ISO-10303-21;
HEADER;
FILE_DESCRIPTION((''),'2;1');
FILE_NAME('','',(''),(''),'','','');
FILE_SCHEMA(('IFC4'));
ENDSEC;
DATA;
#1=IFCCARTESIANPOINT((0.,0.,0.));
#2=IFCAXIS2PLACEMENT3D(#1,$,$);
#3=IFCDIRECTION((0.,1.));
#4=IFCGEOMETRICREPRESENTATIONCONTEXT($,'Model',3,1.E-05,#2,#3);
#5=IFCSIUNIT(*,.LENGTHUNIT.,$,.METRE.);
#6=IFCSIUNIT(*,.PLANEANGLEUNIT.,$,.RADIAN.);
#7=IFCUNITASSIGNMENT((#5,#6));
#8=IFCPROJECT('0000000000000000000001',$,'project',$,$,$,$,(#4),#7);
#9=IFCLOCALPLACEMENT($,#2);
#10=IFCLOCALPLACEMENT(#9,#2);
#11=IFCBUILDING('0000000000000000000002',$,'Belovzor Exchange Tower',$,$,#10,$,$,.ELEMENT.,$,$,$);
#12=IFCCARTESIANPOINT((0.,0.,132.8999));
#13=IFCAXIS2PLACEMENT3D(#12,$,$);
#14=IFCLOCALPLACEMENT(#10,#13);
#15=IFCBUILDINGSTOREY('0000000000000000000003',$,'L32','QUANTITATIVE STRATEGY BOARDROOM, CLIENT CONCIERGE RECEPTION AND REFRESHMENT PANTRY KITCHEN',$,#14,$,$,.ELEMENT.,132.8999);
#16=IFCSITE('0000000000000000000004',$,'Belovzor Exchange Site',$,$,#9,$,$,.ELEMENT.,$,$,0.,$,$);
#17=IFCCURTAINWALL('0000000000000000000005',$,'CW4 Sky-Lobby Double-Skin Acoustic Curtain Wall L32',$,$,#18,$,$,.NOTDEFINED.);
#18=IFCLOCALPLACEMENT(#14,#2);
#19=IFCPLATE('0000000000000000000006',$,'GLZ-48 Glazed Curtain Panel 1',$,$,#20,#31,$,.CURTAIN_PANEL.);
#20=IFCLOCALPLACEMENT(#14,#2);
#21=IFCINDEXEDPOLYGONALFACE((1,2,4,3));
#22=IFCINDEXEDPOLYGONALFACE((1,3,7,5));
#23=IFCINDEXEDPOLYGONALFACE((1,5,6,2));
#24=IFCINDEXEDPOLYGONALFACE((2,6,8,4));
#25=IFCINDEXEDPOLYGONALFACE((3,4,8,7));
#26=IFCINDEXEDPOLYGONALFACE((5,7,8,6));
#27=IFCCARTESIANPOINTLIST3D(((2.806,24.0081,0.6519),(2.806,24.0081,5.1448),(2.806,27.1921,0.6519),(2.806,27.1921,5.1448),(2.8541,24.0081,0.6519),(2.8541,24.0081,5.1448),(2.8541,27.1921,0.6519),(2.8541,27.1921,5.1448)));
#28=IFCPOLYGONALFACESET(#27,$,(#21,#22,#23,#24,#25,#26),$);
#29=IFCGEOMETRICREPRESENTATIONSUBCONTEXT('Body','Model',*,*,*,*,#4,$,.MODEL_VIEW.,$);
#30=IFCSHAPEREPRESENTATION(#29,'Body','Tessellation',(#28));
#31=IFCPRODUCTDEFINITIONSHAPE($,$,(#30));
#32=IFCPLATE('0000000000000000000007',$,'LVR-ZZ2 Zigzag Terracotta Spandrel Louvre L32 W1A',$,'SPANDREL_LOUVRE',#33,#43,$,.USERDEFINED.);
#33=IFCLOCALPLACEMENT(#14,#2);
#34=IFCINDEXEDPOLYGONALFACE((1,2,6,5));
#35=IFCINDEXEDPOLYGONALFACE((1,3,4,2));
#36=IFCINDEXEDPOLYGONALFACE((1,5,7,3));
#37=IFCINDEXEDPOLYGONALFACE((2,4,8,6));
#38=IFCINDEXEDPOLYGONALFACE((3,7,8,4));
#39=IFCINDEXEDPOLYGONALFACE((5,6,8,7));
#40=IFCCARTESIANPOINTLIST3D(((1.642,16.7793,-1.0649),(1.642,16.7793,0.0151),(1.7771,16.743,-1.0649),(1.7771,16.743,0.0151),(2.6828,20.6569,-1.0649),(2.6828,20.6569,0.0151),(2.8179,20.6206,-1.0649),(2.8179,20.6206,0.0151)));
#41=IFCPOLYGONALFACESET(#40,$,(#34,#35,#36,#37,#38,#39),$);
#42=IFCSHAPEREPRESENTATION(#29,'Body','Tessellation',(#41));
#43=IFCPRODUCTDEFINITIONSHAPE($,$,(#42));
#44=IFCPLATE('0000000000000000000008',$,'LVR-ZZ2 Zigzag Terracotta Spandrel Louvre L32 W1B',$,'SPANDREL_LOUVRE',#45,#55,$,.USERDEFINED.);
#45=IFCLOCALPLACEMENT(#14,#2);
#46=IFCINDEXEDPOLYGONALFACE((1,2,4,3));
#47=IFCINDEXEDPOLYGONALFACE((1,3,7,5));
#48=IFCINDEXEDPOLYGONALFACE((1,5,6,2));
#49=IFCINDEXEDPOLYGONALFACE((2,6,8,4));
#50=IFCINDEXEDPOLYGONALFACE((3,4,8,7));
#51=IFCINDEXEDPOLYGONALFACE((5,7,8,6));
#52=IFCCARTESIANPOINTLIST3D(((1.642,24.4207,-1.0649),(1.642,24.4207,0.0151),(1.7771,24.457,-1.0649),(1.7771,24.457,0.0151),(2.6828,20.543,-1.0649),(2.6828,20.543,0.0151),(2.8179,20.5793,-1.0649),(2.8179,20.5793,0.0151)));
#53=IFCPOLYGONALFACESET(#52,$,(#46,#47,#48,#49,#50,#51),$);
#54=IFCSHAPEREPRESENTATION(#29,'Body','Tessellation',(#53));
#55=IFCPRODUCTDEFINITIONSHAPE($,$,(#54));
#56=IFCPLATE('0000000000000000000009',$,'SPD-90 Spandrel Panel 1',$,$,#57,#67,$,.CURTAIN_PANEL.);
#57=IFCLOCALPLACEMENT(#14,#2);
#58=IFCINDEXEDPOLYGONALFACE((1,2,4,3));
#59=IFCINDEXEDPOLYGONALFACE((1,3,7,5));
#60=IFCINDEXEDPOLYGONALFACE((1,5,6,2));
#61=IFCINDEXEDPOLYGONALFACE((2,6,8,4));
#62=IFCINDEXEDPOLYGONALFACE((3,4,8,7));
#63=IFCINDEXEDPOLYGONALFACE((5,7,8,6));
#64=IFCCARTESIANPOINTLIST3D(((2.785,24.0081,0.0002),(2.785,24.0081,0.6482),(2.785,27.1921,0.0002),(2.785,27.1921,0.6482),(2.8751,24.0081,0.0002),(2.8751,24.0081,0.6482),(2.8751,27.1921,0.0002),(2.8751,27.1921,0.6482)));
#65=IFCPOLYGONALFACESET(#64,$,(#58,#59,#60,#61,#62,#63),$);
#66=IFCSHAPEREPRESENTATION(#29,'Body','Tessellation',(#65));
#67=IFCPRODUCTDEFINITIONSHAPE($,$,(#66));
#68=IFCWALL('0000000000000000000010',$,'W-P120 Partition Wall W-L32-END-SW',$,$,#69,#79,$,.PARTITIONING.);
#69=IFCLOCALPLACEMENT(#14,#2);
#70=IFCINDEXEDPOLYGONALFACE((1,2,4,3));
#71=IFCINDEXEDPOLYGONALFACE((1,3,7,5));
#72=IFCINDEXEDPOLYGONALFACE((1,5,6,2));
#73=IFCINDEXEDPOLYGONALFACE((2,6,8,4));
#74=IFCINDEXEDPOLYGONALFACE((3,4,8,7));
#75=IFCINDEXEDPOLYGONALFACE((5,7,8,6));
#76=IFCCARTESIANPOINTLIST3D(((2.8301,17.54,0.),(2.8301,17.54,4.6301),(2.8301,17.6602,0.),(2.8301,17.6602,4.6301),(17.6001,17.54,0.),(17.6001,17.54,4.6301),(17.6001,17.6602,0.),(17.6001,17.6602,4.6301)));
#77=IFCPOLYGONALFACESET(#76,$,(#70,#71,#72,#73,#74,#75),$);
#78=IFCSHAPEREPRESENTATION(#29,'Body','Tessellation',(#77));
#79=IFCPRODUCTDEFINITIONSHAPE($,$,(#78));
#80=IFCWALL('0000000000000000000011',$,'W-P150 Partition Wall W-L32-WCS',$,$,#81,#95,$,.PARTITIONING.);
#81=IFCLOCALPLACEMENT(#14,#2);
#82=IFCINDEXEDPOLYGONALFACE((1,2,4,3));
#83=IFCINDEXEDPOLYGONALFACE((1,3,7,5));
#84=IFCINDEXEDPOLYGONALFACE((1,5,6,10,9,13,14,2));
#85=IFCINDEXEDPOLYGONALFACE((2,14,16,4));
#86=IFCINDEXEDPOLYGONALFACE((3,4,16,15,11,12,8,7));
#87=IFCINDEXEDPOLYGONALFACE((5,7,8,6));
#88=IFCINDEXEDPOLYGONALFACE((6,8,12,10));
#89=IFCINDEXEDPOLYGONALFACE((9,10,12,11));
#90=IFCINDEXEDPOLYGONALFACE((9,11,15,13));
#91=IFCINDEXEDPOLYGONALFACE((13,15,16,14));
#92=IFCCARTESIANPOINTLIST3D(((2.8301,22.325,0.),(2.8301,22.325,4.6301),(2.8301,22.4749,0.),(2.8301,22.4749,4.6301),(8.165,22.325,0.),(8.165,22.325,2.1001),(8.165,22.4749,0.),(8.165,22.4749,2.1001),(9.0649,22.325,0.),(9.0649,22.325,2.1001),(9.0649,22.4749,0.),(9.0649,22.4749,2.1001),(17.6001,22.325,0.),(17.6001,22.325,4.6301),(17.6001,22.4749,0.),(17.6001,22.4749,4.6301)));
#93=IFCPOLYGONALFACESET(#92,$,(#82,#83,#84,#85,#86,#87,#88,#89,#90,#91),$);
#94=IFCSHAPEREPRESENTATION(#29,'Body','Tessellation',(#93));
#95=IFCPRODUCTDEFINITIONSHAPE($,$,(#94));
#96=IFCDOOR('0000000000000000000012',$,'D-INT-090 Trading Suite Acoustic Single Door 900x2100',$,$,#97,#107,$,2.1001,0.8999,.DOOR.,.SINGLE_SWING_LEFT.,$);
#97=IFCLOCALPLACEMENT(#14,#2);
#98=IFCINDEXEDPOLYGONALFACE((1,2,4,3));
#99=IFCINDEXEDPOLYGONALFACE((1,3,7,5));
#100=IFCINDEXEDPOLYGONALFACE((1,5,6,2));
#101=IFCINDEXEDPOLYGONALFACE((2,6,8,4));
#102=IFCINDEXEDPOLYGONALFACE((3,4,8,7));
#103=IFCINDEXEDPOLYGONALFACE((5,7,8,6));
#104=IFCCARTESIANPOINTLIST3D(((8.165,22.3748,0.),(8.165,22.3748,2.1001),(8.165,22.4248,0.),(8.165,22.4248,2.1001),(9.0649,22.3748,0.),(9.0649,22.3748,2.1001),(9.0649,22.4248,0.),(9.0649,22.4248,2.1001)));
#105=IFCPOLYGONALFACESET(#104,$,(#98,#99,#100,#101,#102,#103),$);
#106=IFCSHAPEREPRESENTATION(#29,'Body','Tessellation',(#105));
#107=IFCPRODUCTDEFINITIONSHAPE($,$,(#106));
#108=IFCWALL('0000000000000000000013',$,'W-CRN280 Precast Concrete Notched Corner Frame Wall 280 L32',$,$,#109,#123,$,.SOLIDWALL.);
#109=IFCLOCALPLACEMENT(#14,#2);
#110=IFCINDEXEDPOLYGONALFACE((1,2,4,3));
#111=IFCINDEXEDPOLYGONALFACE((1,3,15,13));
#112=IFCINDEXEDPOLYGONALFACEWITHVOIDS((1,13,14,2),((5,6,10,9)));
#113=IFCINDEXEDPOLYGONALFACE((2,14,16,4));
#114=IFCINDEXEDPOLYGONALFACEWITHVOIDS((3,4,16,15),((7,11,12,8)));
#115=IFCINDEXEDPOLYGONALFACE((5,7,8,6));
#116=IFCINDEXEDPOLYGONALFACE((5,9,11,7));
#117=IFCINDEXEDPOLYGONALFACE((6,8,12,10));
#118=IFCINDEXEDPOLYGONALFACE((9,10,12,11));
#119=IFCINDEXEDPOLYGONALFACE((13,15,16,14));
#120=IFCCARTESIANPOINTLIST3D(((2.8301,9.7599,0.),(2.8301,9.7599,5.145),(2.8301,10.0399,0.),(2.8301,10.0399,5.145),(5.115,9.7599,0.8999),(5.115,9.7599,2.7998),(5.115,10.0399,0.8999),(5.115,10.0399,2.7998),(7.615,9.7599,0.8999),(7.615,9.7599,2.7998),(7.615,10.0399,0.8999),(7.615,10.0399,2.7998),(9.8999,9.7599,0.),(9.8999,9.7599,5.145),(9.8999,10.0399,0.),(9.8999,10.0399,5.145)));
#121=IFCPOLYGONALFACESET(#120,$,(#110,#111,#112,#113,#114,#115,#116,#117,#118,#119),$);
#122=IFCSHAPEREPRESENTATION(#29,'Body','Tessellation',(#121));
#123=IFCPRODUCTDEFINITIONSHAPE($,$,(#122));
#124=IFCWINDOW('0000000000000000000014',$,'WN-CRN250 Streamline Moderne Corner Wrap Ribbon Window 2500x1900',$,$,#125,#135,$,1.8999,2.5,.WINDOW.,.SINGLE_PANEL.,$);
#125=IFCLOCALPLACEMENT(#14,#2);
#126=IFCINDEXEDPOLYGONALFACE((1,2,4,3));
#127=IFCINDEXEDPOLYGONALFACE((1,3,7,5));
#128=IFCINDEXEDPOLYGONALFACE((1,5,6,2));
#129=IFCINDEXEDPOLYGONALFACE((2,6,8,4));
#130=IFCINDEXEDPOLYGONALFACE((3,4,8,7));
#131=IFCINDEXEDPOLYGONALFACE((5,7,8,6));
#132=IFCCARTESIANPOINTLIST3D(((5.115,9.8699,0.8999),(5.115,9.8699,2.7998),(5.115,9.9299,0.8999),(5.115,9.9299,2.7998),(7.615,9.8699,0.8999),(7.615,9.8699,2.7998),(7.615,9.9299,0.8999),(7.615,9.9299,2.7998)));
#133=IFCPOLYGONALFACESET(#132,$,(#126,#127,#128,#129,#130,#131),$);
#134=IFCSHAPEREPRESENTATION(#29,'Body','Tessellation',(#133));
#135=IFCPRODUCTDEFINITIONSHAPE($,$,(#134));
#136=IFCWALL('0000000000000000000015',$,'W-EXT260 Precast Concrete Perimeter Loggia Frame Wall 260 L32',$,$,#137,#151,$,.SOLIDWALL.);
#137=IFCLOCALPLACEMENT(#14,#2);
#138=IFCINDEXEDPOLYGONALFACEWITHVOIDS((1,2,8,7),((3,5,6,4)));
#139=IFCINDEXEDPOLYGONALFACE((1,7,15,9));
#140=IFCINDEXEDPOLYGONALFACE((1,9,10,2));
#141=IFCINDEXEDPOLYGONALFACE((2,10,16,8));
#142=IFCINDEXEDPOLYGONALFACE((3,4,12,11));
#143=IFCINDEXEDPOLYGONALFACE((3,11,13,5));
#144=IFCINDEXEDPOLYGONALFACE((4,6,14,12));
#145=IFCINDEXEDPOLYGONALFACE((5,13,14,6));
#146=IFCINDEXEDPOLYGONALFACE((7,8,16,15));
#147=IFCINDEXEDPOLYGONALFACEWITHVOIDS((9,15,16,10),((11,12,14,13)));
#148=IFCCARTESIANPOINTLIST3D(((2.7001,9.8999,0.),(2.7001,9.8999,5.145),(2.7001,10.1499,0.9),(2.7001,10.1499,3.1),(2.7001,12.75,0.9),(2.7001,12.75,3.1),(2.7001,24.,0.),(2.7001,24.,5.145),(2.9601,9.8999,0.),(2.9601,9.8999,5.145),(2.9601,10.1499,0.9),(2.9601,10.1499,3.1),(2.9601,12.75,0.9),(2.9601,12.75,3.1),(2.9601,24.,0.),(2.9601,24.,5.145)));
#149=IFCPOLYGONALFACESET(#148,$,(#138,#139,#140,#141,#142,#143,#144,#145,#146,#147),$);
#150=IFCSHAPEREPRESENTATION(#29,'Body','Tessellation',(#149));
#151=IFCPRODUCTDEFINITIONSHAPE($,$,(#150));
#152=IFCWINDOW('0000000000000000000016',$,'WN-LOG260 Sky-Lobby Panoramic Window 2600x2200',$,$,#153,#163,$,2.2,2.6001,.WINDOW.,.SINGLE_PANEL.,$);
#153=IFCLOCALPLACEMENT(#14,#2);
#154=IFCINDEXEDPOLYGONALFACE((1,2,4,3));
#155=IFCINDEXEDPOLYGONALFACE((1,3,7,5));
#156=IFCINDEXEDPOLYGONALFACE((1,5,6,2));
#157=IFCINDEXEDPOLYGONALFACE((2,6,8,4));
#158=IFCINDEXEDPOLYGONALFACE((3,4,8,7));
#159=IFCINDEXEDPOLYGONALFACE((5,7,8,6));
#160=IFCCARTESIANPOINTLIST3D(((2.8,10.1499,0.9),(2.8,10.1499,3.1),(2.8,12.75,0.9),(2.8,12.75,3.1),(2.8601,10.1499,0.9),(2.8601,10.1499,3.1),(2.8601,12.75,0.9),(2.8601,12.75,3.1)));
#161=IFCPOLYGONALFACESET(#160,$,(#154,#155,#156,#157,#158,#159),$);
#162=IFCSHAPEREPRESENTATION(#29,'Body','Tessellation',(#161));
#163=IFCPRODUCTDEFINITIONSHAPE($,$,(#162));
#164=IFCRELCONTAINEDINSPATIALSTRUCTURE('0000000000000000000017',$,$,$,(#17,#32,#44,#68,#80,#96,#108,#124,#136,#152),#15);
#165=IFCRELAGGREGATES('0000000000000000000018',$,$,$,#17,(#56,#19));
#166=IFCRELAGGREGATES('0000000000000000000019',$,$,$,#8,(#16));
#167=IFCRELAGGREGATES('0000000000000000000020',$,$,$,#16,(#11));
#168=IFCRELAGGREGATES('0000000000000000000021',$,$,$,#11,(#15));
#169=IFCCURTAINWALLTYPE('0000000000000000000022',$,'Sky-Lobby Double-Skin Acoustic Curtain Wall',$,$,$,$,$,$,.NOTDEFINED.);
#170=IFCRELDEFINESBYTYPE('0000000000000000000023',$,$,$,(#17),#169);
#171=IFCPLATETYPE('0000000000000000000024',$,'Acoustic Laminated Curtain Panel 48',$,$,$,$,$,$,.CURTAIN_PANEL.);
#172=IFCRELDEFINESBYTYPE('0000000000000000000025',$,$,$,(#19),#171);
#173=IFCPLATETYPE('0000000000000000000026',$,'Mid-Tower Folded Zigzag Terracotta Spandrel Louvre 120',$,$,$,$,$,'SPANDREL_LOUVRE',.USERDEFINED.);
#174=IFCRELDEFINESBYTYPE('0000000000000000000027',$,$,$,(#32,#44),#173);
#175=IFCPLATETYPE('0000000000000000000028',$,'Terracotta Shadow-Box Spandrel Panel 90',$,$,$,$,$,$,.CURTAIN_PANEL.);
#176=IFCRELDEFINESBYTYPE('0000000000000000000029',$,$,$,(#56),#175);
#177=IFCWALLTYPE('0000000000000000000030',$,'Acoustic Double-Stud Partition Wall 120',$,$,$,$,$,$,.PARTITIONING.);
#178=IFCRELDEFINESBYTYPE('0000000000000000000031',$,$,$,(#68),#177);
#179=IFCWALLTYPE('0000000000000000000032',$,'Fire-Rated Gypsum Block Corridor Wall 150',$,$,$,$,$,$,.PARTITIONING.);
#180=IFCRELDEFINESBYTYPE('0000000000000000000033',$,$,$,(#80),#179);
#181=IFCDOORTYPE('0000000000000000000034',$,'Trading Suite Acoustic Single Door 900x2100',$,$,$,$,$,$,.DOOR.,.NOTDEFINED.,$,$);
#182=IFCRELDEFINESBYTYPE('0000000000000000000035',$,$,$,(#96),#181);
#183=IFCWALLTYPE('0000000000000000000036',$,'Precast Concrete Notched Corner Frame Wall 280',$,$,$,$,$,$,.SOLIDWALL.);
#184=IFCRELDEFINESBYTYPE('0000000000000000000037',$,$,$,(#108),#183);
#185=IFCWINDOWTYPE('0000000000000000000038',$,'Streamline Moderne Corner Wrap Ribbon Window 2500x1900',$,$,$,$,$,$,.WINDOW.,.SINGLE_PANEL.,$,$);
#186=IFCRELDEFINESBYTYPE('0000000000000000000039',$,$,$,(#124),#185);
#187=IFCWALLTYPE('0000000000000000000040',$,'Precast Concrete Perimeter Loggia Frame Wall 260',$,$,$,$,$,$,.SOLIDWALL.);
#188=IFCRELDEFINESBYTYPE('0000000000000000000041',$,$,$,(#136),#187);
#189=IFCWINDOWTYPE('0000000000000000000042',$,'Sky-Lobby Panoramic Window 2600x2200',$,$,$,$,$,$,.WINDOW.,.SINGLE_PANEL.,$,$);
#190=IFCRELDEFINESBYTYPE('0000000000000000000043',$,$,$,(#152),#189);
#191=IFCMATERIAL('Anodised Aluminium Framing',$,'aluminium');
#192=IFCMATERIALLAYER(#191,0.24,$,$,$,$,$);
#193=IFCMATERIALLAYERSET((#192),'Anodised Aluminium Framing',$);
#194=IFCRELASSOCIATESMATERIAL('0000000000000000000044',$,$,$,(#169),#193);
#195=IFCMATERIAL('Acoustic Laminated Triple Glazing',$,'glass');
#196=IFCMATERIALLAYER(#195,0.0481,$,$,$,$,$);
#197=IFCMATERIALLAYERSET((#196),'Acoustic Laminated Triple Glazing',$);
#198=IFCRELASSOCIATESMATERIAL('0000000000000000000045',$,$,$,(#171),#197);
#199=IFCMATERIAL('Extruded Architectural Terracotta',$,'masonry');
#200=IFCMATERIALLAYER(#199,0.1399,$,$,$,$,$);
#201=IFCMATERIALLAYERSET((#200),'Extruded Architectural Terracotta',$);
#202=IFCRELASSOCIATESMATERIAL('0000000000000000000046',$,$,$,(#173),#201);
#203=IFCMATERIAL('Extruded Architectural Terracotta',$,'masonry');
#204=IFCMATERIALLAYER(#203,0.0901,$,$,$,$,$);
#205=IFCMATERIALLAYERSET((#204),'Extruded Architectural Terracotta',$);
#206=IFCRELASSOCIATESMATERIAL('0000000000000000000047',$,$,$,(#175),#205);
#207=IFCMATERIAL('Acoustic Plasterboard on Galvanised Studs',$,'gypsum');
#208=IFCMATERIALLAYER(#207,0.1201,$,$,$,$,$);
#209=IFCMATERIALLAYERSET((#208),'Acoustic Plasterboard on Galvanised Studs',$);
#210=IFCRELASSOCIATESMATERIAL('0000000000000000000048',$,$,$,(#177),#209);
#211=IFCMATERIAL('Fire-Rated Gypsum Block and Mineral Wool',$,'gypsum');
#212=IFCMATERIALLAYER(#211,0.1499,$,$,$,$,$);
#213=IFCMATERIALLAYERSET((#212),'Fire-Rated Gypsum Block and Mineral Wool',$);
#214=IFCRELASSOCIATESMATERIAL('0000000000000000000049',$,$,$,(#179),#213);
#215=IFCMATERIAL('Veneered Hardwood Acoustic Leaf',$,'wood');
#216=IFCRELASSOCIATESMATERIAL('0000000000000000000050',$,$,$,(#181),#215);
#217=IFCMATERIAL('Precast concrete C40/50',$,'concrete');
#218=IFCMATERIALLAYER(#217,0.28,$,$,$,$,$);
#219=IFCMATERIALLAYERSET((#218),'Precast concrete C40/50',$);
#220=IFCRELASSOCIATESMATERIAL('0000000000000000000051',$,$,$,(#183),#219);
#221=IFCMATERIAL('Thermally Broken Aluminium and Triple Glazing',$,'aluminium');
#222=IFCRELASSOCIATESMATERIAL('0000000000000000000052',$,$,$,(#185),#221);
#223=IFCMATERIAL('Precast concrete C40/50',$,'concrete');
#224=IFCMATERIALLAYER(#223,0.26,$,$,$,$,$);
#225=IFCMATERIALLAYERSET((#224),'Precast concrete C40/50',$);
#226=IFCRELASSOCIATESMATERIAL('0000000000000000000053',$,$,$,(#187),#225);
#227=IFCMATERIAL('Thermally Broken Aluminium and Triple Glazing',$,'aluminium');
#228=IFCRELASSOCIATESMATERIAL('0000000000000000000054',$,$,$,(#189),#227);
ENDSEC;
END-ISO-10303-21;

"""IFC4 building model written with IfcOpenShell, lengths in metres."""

from ifc_helpers import new_model, si_unit, direction, frame, frame_2d, origin, origin_2d, place, context, subcontext, project, spatial, rectangle, extrude, material, layer, layer_set, type_object, element, fill, aggregate, save


model = new_model("IFC4")

# Units and contexts
model_context = context("Model", 3, precision=1e-05, world=origin(), true_north=direction((0.0, 1.0)))
body_context = subcontext(model_context, "Body", "Model", "MODEL_VIEW")
ifc_project = project(units=[si_unit("LENGTHUNIT", "METRE"), si_unit("PLANEANGLEUNIT", "RADIAN")], contexts=[model_context])

# Site, building, storey
site_placement = place(None, origin())
site = spatial("IfcSite", under=ifc_project, at=site_placement, Name="Belovzor Exchange Site", CompositionType="ELEMENT", RefElevation=0.0)
building_placement = place(site_placement, origin())
building = spatial("IfcBuilding", under=site, at=building_placement, Name="Belovzor Exchange Tower", CompositionType="ELEMENT")
storey_placement = place(building_placement, frame((0.0, 0.0, 132.8999)))
storey = spatial("IfcBuildingStorey", under=building, at=storey_placement, Name="L32", Description="QUANTITATIVE STRATEGY BOARDROOM, CLIENT CONCIERGE RECEPTION AND REFRESHMENT PANTRY KITCHEN", CompositionType="ELEMENT", Elevation=132.8999)

# Curtain wall
ifc_material_1 = material(Name="Anodised Aluminium Framing", Category="aluminium")
ifc_layer_1 = layer(ifc_material_1, 0.24)
ifc_layer_set_1 = layer_set([ifc_layer_1], Name="Anodised Aluminium Framing")
curtain_wall_type_1 = type_object("IfcCurtainWallType", Name="Sky-Lobby Double-Skin Acoustic Curtain Wall", PredefinedType="NOTDEFINED", material=ifc_layer_set_1)
curtain_wall_1_placement = place(storey_placement, origin())
curtain_wall_1 = element("IfcCurtainWall", 1, at=curtain_wall_1_placement, inside=storey, type_object=curtain_wall_type_1, Name="CW4 Sky-Lobby Double-Skin Acoustic Curtain Wall L32", PredefinedType="NOTDEFINED")

# Plate
ifc_material_2 = material(Name="Acoustic Laminated Triple Glazing", Category="glass")
ifc_layer_2 = layer(ifc_material_2, 0.0481)
ifc_layer_set_2 = layer_set([ifc_layer_2], Name="Acoustic Laminated Triple Glazing")
plate_type_1 = type_object("IfcPlateType", Name="Acoustic Laminated Curtain Panel 48", PredefinedType="CURTAIN_PANEL", material=ifc_layer_set_2)
plate_1_placement = place(storey_placement, frame((2.8301, 25.6001, 0.6519), z_axis=(0.0, 0.0, 1.0), x_axis=(0.0, 1.0, 0.0)))
plate_1 = element("IfcPlate", 2, at=plate_1_placement, type_object=plate_type_1, Name="GLZ-48 Glazed Curtain Panel 1", PredefinedType="CURTAIN_PANEL", context=body_context, shape_type="SweptSolid", body=[
    extrude(rectangle(XDim=3.1841, YDim=0.0481, at=origin_2d()), origin(), (0.0, 0.0, 1.0), 4.4929),
])

# Plates
ifc_material_3 = material(Name="Extruded Architectural Terracotta", Category="masonry")
ifc_layer_3 = layer(ifc_material_3, 0.1399)
ifc_layer_set_3 = layer_set([ifc_layer_3], Name="Extruded Architectural Terracotta")
plate_type_2 = type_object("IfcPlateType", Name="Mid-Tower Folded Zigzag Terracotta Spandrel Louvre 120", ElementType="SPANDREL_LOUVRE", PredefinedType="USERDEFINED", material=ifc_layer_set_3)
for number, where, z_axis, x_axis, name in (
    (3, (2.23, 18.7, -1.0649), (0.0, 0.0, 1.0), (0.25924, 0.965813, 0.0), "LVR-ZZ2 Zigzag Terracotta Spandrel Louvre L32 W1A"),
    (4, (2.23, 22.5, -1.0649), (0.0, 0.0, 1.0), (-0.25924, 0.965813, 0.0), "LVR-ZZ2 Zigzag Terracotta Spandrel Louvre L32 W1B"),
):
    element("IfcPlate", number, at=place(storey_placement, frame(where, z_axis=z_axis, x_axis=x_axis)), inside=storey, type_object=plate_type_2, Name=name, ObjectType="SPANDREL_LOUVRE", PredefinedType="USERDEFINED", context=body_context, shape_type="SweptSolid", body=[
        extrude(rectangle(XDim=4.0149, YDim=0.1399, at=origin_2d()), origin(), (0.0, 0.0, 1.0), 1.0801),
    ])

# Plate
ifc_material_4 = material(Name="Extruded Architectural Terracotta", Category="masonry")
ifc_layer_4 = layer(ifc_material_4, 0.0901)
ifc_layer_set_4 = layer_set([ifc_layer_4], Name="Extruded Architectural Terracotta")
plate_type_3 = type_object("IfcPlateType", Name="Terracotta Shadow-Box Spandrel Panel 90", PredefinedType="CURTAIN_PANEL", material=ifc_layer_set_4)
plate_2_placement = place(storey_placement, frame((2.8301, 25.6001, 0.0002), z_axis=(0.0, 0.0, 1.0), x_axis=(0.0, 1.0, 0.0)))
plate_2 = element("IfcPlate", 5, at=plate_2_placement, type_object=plate_type_3, Name="SPD-90 Spandrel Panel 1", PredefinedType="CURTAIN_PANEL", context=body_context, shape_type="SweptSolid", body=[
    extrude(rectangle(XDim=3.1841, YDim=0.0901, at=origin_2d()), origin(), (0.0, 0.0, 1.0), 0.6479),
])
aggregate(curtain_wall_1, [plate_2, plate_1])

# Wall
ifc_material_5 = material(Name="Acoustic Plasterboard on Galvanised Studs", Category="gypsum")
ifc_layer_5 = layer(ifc_material_5, 0.1201)
ifc_layer_set_5 = layer_set([ifc_layer_5], Name="Acoustic Plasterboard on Galvanised Studs")
wall_type_1 = type_object("IfcWallType", Name="Acoustic Double-Stud Partition Wall 120", PredefinedType="PARTITIONING", material=ifc_layer_set_5)
wall_1_placement = place(storey_placement, frame((2.8301, 17.6001, 0.0), z_axis=(0.0, 0.0, 1.0), x_axis=(1.0, 0.0, 0.0)))
element("IfcWall", 6, at=wall_1_placement, inside=storey, type_object=wall_type_1, Name="W-P120 Partition Wall W-L32-END-SW", PredefinedType="PARTITIONING", context=body_context, shape_type="SweptSolid", body=[
    extrude(rectangle(XDim=14.77, YDim=0.1201, at=frame_2d((7.385, 0.0))), origin(), (0.0, 0.0, 1.0), 4.6301),
])

# Wall, opening, door
ifc_material_6 = material(Name="Fire-Rated Gypsum Block and Mineral Wool", Category="gypsum")
ifc_layer_6 = layer(ifc_material_6, 0.1499)
ifc_layer_set_6 = layer_set([ifc_layer_6], Name="Fire-Rated Gypsum Block and Mineral Wool")
wall_type_2 = type_object("IfcWallType", Name="Fire-Rated Gypsum Block Corridor Wall 150", PredefinedType="PARTITIONING", material=ifc_layer_set_6)
wall_2_placement = place(storey_placement, frame((2.8301, 22.3999, 0.0), z_axis=(0.0, 0.0, 1.0), x_axis=(1.0, 0.0, 0.0)))
wall_2 = element("IfcWall", 7, at=wall_2_placement, inside=storey, type_object=wall_type_2, Name="W-P150 Partition Wall W-L32-WCS", PredefinedType="PARTITIONING", context=body_context, shape_type="SweptSolid", body=[
    extrude(rectangle(XDim=14.77, YDim=0.1499, at=frame_2d((7.385, 0.0))), origin(), (0.0, 0.0, 1.0), 4.6301),
])
opening_1_placement = place(wall_2_placement, frame((5.335, 0.0, 0.0)))
opening_1 = element("IfcOpeningElement", 8, at=opening_1_placement, cuts=wall_2, PredefinedType="OPENING", context=body_context, shape_type="SweptSolid", body=[
    extrude(rectangle(XDim=0.8999, YDim=2.1001, at=frame_2d((0.45, 1.05))), frame((0.0, 0.085, 0.0), z_axis=(0.0, -1.0, 0.0), x_axis=(1.0, 0.0, 0.0)), (0.0, 0.0, 1.0), 0.1699),
])
ifc_material_7 = material(Name="Veneered Hardwood Acoustic Leaf", Category="wood")
door_type = type_object("IfcDoorType", Name="Trading Suite Acoustic Single Door 900x2100", OperationType="NOTDEFINED", PredefinedType="DOOR", material=ifc_material_7)
door_placement = place(opening_1_placement, origin())
door = element("IfcDoor", 9, at=door_placement, inside=storey, type_object=door_type, Name="D-INT-090 Trading Suite Acoustic Single Door 900x2100", OperationType="SINGLE_SWING_LEFT", OverallHeight=2.1001, OverallWidth=0.8999, PredefinedType="DOOR", context=body_context, shape_type="SweptSolid", body=[
    extrude(rectangle(XDim=0.8999, YDim=2.1001, at=frame_2d((0.45, 1.05))), frame((0.0, 0.0249, 0.0), z_axis=(0.0, -1.0, 0.0), x_axis=(1.0, 0.0, 0.0)), (0.0, 0.0, 1.0), 0.05),
])
fill(opening_1, door)

# Walls, openings, windows
ifc_material_8 = material(Name="Precast concrete C40/50", Category="concrete")
ifc_layer_7 = layer(ifc_material_8, 0.28)
ifc_layer_set_7 = layer_set([ifc_layer_7], Name="Precast concrete C40/50")
wall_type_3 = type_object("IfcWallType", Name="Precast Concrete Notched Corner Frame Wall 280", PredefinedType="SOLIDWALL", material=ifc_layer_set_7)
wall_3_placement = place(storey_placement, frame((9.8999, 9.8999, 0.0), z_axis=(0.0, 0.0, 1.0), x_axis=(-1.0, 0.0, 0.0)))
wall_3 = element("IfcWall", 10, at=wall_3_placement, inside=storey, type_object=wall_type_3, Name="W-CRN280 Precast Concrete Notched Corner Frame Wall 280 L32", PredefinedType="SOLIDWALL", context=body_context, shape_type="SweptSolid", body=[
    extrude(rectangle(XDim=7.0698, YDim=0.28, at=frame_2d((3.5349, 0.0))), origin(), (0.0, 0.0, 1.0), 5.145),
])
opening_2_placement = place(wall_3_placement, frame((2.2849, 0.0, 0.8999)))
opening_2 = element("IfcOpeningElement", 11, at=opening_2_placement, cuts=wall_3, PredefinedType="OPENING", context=body_context, shape_type="SweptSolid", body=[
    extrude(rectangle(XDim=2.5, YDim=1.8999, at=frame_2d((1.25, 0.95))), frame((0.0, 0.1499, 0.0), z_axis=(0.0, -1.0, 0.0), x_axis=(1.0, 0.0, 0.0)), (0.0, 0.0, 1.0), 0.3),
])
ifc_material_9 = material(Name="Thermally Broken Aluminium and Triple Glazing", Category="aluminium")
window_type_1 = type_object("IfcWindowType", Name="Streamline Moderne Corner Wrap Ribbon Window 2500x1900", PartitioningType="SINGLE_PANEL", PredefinedType="WINDOW", material=ifc_material_9)
window_1_placement = place(opening_2_placement, origin())
window_1 = element("IfcWindow", 12, at=window_1_placement, inside=storey, type_object=window_type_1, Name="WN-CRN250 Streamline Moderne Corner Wrap Ribbon Window 2500x1900", OverallHeight=1.8999, OverallWidth=2.5, PartitioningType="SINGLE_PANEL", PredefinedType="WINDOW", context=body_context, shape_type="SweptSolid", body=[
    extrude(rectangle(XDim=2.5, YDim=1.8999, at=frame_2d((1.25, 0.95))), frame((0.0, 0.03, 0.0), z_axis=(0.0, -1.0, 0.0), x_axis=(1.0, 0.0, 0.0)), (0.0, 0.0, 1.0), 0.0601),
])
fill(opening_2, window_1)
ifc_material_10 = material(Name="Precast concrete C40/50", Category="concrete")
ifc_layer_8 = layer(ifc_material_10, 0.26)
ifc_layer_set_8 = layer_set([ifc_layer_8], Name="Precast concrete C40/50")
wall_type_4 = type_object("IfcWallType", Name="Precast Concrete Perimeter Loggia Frame Wall 260", PredefinedType="SOLIDWALL", material=ifc_layer_set_8)
wall_4_placement = place(storey_placement, frame((2.8301, 9.8999, 0.0), z_axis=(0.0, 0.0, 1.0), x_axis=(0.0, 1.0, 0.0)))
wall_4 = element("IfcWall", 13, at=wall_4_placement, inside=storey, type_object=wall_type_4, Name="W-EXT260 Precast Concrete Perimeter Loggia Frame Wall 260 L32", PredefinedType="SOLIDWALL", context=body_context, shape_type="SweptSolid", body=[
    extrude(rectangle(XDim=14.1001, YDim=0.26, at=frame_2d((7.05, 0.0))), origin(), (0.0, 0.0, 1.0), 5.145),
])
opening_3_placement = place(wall_4_placement, frame((0.25, 0.0, 0.8999)))
opening_3 = element("IfcOpeningElement", 14, at=opening_3_placement, cuts=wall_4, PredefinedType="OPENING", context=body_context, shape_type="SweptSolid", body=[
    extrude(rectangle(XDim=2.6001, YDim=2.2, at=frame_2d((1.3, 1.1001))), frame((0.0, 0.1399, 0.0), z_axis=(0.0, -1.0, 0.0), x_axis=(1.0, 0.0, 0.0)), (0.0, 0.0, 1.0), 0.28),
])
ifc_material_11 = material(Name="Thermally Broken Aluminium and Triple Glazing", Category="aluminium")
window_type_2 = type_object("IfcWindowType", Name="Sky-Lobby Panoramic Window 2600x2200", PartitioningType="SINGLE_PANEL", PredefinedType="WINDOW", material=ifc_material_11)
window_2_placement = place(opening_3_placement, origin())
window_2 = element("IfcWindow", 15, at=window_2_placement, inside=storey, type_object=window_type_2, Name="WN-LOG260 Sky-Lobby Panoramic Window 2600x2200", OverallHeight=2.2, OverallWidth=2.6001, PartitioningType="SINGLE_PANEL", PredefinedType="WINDOW", context=body_context, shape_type="SweptSolid", body=[
    extrude(rectangle(XDim=2.6001, YDim=2.2, at=frame_2d((1.3, 1.1001))), frame((0.0, 0.03, 0.0), z_axis=(0.0, -1.0, 0.0), x_axis=(1.0, 0.0, 0.0)), (0.0, 0.0, 1.0), 0.0601),
])
fill(opening_3, window_2)

save(model, "model.ifc")
